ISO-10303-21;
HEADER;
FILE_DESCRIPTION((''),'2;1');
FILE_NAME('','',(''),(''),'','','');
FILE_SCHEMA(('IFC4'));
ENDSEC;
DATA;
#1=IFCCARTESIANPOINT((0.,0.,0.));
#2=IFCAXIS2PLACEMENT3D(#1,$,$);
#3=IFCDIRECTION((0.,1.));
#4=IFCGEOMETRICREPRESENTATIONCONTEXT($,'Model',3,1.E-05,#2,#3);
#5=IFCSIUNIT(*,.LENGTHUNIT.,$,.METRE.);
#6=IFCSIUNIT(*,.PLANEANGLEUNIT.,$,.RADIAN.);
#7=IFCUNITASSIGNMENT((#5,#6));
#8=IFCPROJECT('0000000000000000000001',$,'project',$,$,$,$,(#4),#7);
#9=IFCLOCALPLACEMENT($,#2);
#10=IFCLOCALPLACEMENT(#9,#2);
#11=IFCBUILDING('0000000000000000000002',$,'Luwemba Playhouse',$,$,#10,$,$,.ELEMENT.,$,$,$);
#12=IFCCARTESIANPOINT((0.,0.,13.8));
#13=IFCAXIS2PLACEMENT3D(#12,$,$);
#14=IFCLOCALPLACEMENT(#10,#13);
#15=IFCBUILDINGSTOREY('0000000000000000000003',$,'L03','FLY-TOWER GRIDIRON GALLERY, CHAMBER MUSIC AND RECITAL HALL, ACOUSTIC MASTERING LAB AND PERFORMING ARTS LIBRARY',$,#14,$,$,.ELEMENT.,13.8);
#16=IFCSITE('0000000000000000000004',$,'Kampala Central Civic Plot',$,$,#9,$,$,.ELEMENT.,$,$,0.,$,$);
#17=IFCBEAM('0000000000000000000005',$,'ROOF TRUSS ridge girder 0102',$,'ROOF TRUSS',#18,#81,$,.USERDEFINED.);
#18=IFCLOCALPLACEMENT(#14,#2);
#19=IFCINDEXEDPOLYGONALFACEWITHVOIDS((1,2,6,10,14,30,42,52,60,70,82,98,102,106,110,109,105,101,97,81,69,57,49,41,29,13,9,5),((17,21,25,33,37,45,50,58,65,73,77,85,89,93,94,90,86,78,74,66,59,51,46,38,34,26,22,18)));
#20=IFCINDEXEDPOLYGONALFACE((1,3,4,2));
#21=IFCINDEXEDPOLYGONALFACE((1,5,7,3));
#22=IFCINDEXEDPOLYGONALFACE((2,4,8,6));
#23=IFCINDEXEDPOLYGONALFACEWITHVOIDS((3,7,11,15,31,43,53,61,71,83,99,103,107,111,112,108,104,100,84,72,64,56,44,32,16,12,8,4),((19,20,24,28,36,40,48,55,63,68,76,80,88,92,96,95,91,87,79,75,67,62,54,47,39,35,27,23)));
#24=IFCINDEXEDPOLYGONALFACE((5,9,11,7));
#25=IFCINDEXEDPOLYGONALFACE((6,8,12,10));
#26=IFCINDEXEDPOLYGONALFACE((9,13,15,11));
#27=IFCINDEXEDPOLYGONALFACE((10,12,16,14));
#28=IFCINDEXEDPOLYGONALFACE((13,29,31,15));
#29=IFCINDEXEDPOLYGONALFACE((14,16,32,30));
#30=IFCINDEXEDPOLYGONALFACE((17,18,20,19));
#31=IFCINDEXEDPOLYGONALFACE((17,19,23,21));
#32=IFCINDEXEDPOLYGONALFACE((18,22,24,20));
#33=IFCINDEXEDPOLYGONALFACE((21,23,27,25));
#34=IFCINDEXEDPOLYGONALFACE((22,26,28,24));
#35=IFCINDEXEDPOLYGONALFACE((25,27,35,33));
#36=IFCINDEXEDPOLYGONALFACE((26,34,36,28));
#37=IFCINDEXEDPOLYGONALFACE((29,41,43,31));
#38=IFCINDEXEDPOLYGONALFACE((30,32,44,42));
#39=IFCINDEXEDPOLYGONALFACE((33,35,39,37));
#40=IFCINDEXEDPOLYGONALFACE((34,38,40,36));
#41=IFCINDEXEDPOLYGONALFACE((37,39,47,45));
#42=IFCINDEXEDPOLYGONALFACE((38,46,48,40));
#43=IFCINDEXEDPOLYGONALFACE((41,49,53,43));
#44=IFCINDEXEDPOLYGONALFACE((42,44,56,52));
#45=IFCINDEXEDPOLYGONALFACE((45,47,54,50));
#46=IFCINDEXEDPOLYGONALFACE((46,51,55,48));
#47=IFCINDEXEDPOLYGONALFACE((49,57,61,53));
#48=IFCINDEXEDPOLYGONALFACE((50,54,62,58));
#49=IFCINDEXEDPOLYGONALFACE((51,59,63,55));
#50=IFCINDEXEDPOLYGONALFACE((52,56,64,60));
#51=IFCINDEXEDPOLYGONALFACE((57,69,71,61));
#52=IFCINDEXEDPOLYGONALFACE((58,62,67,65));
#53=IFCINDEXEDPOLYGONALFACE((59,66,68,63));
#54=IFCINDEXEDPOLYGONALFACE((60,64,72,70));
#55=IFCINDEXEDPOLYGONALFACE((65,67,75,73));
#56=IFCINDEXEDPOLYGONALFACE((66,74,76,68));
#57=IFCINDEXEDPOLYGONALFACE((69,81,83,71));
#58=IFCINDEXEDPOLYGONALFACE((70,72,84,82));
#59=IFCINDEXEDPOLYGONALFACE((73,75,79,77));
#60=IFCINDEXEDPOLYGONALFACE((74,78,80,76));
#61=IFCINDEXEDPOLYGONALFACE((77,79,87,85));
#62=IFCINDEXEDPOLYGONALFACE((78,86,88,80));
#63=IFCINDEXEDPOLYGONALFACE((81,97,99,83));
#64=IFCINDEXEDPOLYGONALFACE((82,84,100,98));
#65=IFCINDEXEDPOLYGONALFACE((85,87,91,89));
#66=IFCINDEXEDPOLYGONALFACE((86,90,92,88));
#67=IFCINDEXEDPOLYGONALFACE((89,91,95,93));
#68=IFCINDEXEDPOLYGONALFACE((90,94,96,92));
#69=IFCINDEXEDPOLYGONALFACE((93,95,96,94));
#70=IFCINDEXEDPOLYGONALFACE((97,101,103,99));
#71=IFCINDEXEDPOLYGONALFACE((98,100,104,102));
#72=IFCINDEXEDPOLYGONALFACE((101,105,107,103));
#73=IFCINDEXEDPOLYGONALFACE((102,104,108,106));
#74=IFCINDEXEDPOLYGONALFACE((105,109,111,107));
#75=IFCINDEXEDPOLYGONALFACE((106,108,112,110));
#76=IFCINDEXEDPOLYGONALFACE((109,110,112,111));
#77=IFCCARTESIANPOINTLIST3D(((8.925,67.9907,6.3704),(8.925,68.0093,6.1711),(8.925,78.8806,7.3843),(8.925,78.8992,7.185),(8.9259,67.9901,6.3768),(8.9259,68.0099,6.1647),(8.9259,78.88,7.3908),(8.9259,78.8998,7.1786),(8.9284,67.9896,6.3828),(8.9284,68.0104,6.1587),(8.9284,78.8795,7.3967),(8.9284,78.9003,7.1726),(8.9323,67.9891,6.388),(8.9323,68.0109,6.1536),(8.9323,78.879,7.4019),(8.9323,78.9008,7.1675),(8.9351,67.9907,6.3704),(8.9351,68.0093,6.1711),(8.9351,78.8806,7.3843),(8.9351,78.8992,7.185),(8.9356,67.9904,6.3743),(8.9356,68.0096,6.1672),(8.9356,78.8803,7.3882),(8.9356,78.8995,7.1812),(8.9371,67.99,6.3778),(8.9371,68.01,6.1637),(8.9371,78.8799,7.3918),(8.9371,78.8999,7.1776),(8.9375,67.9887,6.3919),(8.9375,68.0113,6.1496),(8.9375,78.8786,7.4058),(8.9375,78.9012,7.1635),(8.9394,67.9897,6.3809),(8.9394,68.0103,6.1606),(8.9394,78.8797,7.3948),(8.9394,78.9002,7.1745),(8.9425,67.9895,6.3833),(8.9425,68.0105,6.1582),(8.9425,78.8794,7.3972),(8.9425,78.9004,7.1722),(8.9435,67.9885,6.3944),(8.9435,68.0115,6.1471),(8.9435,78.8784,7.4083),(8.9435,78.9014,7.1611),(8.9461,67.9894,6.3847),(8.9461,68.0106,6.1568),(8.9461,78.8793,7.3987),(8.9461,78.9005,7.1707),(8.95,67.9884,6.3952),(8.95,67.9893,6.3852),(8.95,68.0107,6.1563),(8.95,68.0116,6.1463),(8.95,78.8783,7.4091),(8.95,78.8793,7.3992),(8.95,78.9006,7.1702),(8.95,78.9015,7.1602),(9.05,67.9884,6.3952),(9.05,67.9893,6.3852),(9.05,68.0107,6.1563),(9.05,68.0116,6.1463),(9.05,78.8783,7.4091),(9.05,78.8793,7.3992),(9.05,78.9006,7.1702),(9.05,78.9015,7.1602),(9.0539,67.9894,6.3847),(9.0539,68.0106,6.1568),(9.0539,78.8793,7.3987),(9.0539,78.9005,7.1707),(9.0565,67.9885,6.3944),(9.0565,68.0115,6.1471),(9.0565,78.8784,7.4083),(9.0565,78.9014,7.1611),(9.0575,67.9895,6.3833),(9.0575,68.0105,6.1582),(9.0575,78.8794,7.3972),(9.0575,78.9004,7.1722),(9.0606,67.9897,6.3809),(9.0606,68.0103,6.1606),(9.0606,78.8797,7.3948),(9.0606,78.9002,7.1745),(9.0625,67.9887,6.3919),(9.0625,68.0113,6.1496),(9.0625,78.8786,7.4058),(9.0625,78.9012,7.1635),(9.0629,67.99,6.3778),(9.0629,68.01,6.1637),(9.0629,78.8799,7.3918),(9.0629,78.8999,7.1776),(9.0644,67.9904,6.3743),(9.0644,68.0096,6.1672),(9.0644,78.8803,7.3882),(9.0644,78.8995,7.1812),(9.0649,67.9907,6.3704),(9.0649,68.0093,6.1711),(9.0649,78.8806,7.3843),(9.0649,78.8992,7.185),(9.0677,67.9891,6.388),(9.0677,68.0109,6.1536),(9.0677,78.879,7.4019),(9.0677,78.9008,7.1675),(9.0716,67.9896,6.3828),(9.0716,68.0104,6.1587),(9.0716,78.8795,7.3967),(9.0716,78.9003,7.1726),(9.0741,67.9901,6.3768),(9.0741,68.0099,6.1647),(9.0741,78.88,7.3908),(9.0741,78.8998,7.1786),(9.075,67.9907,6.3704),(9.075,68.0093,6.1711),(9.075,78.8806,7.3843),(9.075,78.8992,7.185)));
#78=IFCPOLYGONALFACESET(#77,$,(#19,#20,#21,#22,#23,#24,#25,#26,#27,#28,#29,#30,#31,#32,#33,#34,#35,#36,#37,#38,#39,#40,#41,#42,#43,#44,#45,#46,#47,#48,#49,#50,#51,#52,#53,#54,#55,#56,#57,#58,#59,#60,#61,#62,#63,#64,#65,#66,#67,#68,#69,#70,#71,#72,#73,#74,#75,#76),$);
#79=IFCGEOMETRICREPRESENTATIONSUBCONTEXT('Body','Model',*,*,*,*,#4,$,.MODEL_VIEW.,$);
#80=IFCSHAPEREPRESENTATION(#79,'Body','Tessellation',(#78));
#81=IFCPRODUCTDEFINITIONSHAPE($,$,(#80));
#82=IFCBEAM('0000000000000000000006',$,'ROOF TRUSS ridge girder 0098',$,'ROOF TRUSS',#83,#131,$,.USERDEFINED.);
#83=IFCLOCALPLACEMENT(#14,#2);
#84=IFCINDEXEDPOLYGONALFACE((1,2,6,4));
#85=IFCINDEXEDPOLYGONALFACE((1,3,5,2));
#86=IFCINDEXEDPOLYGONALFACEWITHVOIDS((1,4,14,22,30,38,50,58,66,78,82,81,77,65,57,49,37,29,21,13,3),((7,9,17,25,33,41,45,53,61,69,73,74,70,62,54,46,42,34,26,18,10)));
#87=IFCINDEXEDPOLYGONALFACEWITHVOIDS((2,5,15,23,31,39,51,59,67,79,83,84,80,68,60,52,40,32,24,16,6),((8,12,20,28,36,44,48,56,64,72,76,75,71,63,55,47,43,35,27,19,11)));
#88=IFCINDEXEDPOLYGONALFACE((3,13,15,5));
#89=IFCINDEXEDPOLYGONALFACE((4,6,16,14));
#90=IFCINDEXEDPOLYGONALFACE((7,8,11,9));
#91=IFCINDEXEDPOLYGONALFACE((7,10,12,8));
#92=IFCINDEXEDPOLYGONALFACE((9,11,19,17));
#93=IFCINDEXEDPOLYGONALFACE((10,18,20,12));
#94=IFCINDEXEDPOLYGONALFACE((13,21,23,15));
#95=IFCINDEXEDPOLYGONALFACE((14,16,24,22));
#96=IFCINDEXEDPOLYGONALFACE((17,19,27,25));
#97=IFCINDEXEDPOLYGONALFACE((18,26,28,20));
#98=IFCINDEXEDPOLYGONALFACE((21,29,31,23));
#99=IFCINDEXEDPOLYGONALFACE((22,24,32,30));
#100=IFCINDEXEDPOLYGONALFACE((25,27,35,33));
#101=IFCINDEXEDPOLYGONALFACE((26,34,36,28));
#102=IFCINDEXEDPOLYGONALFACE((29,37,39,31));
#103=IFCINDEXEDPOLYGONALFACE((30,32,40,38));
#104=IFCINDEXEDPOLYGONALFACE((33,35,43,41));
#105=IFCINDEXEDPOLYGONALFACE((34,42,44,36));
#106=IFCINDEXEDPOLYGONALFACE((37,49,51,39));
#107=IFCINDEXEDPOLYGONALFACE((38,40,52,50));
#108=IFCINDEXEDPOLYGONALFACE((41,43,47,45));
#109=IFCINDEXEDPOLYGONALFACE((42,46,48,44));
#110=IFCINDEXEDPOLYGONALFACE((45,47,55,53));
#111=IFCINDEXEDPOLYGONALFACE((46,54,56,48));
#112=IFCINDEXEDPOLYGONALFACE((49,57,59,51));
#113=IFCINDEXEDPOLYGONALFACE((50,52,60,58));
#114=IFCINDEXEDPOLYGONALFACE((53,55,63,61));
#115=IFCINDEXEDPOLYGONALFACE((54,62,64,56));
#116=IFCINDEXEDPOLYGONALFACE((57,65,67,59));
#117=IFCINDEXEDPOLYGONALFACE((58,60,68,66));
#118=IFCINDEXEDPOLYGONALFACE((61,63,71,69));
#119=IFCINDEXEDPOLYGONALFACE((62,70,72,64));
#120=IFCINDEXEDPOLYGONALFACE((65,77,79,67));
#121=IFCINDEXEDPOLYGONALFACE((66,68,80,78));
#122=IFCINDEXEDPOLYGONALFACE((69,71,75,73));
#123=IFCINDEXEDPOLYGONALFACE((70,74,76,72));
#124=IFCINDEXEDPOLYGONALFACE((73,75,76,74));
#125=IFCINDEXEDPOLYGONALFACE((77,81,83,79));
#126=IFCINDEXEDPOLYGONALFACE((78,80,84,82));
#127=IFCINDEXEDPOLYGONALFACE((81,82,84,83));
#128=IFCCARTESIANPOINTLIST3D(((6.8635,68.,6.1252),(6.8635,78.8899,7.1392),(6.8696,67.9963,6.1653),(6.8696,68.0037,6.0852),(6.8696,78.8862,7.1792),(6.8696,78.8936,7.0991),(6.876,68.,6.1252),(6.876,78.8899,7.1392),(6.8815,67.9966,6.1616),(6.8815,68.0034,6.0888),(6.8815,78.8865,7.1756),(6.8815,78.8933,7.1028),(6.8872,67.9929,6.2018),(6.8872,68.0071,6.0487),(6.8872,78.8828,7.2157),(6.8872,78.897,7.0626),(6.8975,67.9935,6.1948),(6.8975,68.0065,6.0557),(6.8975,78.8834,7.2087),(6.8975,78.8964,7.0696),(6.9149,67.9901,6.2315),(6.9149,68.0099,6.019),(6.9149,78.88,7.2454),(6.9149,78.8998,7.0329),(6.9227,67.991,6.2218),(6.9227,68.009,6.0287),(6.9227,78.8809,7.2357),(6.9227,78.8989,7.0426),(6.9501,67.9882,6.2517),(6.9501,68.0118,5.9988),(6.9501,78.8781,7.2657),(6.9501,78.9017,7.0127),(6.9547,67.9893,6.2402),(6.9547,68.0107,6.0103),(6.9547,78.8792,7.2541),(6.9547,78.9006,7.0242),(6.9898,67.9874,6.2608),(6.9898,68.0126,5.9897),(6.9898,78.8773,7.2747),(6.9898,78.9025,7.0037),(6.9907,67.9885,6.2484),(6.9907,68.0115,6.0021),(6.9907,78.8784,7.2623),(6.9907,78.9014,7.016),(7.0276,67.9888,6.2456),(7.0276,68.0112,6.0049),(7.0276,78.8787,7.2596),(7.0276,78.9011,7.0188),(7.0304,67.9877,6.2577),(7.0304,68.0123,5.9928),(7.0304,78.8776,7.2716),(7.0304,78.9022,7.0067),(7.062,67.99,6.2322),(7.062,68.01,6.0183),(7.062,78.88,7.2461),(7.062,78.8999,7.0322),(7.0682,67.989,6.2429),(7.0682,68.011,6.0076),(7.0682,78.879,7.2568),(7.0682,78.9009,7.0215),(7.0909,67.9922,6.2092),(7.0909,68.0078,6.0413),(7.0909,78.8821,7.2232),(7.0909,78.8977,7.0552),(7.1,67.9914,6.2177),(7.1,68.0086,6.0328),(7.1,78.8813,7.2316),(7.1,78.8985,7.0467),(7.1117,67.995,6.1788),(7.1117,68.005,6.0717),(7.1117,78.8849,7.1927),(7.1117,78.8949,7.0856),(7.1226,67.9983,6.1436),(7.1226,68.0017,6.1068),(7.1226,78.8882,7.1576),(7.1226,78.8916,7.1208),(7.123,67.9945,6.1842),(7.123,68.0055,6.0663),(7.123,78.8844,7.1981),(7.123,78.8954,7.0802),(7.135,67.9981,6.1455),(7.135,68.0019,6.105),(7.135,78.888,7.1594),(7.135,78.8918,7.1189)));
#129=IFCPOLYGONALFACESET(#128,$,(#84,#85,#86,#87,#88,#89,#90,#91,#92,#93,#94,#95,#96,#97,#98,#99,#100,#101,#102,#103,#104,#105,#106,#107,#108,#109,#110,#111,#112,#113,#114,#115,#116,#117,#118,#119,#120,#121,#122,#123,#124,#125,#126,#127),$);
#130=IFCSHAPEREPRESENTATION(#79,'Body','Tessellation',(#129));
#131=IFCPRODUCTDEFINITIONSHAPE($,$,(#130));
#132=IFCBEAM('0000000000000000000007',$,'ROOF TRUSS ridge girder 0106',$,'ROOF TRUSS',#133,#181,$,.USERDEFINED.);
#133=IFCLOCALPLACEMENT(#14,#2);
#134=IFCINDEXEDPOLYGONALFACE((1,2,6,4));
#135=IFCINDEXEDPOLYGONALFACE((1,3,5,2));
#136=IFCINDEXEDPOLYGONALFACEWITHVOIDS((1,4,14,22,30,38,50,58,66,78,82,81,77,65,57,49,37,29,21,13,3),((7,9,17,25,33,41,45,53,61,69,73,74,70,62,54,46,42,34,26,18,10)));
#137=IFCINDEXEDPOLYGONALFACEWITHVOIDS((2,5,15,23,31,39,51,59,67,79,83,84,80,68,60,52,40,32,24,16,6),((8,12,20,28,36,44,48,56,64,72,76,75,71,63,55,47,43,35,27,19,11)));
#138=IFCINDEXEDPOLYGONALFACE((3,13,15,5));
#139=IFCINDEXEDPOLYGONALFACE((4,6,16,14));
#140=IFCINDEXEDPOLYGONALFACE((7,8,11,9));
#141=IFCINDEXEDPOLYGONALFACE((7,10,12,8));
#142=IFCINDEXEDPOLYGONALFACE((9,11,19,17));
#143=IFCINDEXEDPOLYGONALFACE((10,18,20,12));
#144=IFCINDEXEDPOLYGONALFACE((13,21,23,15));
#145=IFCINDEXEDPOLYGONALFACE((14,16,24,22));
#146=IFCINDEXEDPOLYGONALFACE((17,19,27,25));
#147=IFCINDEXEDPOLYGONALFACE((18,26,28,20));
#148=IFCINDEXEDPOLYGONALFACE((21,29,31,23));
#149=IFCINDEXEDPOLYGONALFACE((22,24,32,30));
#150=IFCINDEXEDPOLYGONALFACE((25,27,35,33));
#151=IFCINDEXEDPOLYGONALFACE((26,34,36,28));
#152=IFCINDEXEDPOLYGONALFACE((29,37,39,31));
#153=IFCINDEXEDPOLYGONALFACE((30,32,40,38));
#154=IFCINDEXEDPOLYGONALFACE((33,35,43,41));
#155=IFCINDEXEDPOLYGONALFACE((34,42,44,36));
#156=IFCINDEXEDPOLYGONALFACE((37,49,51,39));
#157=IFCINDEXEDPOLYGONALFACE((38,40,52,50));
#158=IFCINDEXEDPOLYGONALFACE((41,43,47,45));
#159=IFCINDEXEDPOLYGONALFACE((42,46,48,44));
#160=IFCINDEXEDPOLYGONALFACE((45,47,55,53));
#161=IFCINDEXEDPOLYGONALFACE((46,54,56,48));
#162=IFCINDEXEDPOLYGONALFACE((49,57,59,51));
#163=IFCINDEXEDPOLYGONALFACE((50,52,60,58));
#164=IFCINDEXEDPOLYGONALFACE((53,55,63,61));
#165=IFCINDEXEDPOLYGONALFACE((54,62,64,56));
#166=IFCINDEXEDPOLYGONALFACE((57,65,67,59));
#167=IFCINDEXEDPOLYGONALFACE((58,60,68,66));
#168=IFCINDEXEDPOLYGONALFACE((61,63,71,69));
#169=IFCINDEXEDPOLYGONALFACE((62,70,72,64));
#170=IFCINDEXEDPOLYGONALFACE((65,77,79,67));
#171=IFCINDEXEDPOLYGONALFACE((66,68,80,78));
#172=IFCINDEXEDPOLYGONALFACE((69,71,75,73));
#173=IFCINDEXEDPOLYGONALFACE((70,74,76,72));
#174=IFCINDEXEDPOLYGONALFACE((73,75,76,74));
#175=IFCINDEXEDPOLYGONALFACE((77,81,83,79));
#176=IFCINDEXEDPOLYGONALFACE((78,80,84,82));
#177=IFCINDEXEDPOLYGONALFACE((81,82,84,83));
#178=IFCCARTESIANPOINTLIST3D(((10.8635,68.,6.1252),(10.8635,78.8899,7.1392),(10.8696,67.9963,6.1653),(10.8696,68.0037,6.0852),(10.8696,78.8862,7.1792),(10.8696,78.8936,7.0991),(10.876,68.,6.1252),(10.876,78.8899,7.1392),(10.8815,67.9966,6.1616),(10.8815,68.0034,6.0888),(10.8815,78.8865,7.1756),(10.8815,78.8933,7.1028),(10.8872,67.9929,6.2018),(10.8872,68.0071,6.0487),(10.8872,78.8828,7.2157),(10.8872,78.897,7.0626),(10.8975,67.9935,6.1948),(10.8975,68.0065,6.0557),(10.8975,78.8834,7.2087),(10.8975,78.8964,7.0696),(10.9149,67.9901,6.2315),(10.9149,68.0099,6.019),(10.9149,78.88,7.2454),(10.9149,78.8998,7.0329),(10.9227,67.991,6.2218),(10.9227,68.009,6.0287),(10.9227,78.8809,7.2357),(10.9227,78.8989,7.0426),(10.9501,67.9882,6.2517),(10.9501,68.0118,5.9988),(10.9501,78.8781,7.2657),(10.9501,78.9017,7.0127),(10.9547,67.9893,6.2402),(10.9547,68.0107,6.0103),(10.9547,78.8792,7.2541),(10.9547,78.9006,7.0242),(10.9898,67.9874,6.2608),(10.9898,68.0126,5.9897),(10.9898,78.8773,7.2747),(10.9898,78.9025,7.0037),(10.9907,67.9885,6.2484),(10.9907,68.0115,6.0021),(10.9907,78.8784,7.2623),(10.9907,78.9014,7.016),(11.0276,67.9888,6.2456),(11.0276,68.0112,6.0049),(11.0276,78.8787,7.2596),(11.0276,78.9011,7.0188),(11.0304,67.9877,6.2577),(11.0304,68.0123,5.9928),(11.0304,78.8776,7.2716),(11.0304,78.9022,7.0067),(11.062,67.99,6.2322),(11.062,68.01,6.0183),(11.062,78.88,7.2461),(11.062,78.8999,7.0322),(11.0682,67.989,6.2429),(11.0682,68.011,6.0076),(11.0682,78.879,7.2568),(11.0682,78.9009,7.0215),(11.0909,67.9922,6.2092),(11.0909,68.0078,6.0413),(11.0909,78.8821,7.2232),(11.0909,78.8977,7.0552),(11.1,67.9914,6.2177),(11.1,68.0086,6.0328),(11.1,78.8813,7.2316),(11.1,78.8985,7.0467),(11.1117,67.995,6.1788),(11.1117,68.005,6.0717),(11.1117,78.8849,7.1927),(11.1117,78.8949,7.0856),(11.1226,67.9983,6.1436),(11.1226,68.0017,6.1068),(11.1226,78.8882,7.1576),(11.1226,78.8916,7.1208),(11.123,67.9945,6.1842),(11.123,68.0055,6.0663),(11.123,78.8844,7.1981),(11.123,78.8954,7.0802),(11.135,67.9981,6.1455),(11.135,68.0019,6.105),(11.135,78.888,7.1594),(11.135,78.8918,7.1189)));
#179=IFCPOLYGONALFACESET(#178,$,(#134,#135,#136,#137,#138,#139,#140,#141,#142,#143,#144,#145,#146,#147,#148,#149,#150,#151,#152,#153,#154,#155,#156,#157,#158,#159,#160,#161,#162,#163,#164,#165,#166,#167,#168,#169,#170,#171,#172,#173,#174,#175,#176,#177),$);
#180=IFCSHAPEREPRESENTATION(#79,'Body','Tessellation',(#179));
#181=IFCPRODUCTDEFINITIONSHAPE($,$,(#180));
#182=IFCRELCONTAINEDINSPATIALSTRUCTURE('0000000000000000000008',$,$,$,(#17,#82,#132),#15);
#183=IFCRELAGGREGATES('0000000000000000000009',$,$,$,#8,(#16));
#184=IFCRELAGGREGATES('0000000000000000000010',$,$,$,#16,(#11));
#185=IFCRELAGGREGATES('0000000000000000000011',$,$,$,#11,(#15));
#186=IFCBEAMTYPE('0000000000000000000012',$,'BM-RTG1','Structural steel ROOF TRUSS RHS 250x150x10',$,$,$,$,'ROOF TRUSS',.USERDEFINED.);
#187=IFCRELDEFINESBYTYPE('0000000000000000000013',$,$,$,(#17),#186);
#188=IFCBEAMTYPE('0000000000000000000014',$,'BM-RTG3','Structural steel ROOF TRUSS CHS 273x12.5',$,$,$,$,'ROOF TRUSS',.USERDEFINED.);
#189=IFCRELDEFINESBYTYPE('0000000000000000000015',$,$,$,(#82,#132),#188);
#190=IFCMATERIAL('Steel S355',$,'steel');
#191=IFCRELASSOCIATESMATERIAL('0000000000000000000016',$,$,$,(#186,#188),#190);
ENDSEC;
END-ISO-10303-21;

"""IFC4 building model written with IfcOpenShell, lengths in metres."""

from ifc_helpers import new_model, si_unit, direction, frame, origin, origin_2d, place, context, subcontext, project, spatial, hollow_rectangle, hollow_circle, extrude, material, material_profile, profile_set, type_object, element, save


model = new_model("IFC4")

# Units and contexts
model_context = context("Model", 3, precision=1e-05, world=origin(), true_north=direction((0.0, 1.0)))
body_context = subcontext(model_context, "Body", "Model", "MODEL_VIEW")
ifc_project = project(units=[si_unit("LENGTHUNIT", "METRE"), si_unit("PLANEANGLEUNIT", "RADIAN")], contexts=[model_context])

# Site, building, storey
site_placement = place(None, origin())
site = spatial("IfcSite", under=ifc_project, at=site_placement, Name="Kampala Central Civic Plot", CompositionType="ELEMENT", RefElevation=0.0)
building_placement = place(site_placement, origin())
building = spatial("IfcBuilding", under=site, at=building_placement, Name="Luwemba Playhouse", CompositionType="ELEMENT")
storey_placement = place(building_placement, frame((0.0, 0.0, 13.8)))
storey = spatial("IfcBuildingStorey", under=building, at=storey_placement, Name="L03", Description="FLY-TOWER GRIDIRON GALLERY, CHAMBER MUSIC AND RECITAL HALL, ACOUSTIC MASTERING LAB AND PERFORMING ARTS LIBRARY", CompositionType="ELEMENT", Elevation=13.8)

# Shared definitions
ifc_material_1 = material(Name="Steel S355", Category="steel")

# Beams
ifc_material_profile_1 = material_profile(ifc_material_1, hollow_rectangle(XDim=0.1499, YDim=0.25, WallThickness=0.01, InnerFilletRadius=0.0149, OuterFilletRadius=0.0249, at=origin_2d()))
ifc_profile_set_1 = profile_set([ifc_material_profile_1], Name="Steel S355")
beam_type_1 = type_object("IfcBeamType", Name="BM-RTG1", Description="Structural steel ROOF TRUSS RHS 250x150x10", ElementType="ROOF TRUSS", PredefinedType="USERDEFINED", material=ifc_profile_set_1)
for number, where, z_axis, x_axis, name in (
    (1, (9.0, 68.0, 6.2708), (0.0, 0.995694, 0.092705), (-1.0, 0.0, 0.0), "ROOF TRUSS ridge girder 0102"),
):
    element("IfcBeam", number, at=place(storey_placement, frame(where, z_axis=z_axis, x_axis=x_axis)), inside=storey, type_object=beam_type_1, Name=name, ObjectType="ROOF TRUSS", PredefinedType="USERDEFINED", context=body_context, shape_type="SweptSolid", body=[
        extrude(hollow_rectangle(XDim=0.1499, YDim=0.25, WallThickness=0.01, InnerFilletRadius=0.0149, OuterFilletRadius=0.0249, at=origin_2d()), origin(), (0.0, 0.0, 1.0), 10.937),
    ])
ifc_material_profile_2 = material_profile(ifc_material_1, hollow_circle(Radius=0.1365, WallThickness=0.0125, at=origin_2d()))
ifc_profile_set_2 = profile_set([ifc_material_profile_2], Name="Steel S355")
beam_type_2 = type_object("IfcBeamType", Name="BM-RTG3", Description="Structural steel ROOF TRUSS CHS 273x12.5", ElementType="ROOF TRUSS", PredefinedType="USERDEFINED", material=ifc_profile_set_2)
for number, where, z_axis, x_axis, name in (
    (2, (7.0, 68.0, 6.1252), (0.0, 0.995694, 0.092705), (-1.0, 0.0, 0.0), "ROOF TRUSS ridge girder 0098"),
    (3, (11.0, 68.0, 6.1252), (0.0, 0.995694, 0.092705), (-1.0, 0.0, 0.0), "ROOF TRUSS ridge girder 0106"),
):
    element("IfcBeam", number, at=place(storey_placement, frame(where, z_axis=z_axis, x_axis=x_axis)), inside=storey, type_object=beam_type_2, Name=name, ObjectType="ROOF TRUSS", PredefinedType="USERDEFINED", context=body_context, shape_type="SweptSolid", body=[
        extrude(hollow_circle(Radius=0.1365, WallThickness=0.0125, at=origin_2d()), origin(), (0.0, 0.0, 1.0), 10.937),
    ])

save(model, "model.ifc")
